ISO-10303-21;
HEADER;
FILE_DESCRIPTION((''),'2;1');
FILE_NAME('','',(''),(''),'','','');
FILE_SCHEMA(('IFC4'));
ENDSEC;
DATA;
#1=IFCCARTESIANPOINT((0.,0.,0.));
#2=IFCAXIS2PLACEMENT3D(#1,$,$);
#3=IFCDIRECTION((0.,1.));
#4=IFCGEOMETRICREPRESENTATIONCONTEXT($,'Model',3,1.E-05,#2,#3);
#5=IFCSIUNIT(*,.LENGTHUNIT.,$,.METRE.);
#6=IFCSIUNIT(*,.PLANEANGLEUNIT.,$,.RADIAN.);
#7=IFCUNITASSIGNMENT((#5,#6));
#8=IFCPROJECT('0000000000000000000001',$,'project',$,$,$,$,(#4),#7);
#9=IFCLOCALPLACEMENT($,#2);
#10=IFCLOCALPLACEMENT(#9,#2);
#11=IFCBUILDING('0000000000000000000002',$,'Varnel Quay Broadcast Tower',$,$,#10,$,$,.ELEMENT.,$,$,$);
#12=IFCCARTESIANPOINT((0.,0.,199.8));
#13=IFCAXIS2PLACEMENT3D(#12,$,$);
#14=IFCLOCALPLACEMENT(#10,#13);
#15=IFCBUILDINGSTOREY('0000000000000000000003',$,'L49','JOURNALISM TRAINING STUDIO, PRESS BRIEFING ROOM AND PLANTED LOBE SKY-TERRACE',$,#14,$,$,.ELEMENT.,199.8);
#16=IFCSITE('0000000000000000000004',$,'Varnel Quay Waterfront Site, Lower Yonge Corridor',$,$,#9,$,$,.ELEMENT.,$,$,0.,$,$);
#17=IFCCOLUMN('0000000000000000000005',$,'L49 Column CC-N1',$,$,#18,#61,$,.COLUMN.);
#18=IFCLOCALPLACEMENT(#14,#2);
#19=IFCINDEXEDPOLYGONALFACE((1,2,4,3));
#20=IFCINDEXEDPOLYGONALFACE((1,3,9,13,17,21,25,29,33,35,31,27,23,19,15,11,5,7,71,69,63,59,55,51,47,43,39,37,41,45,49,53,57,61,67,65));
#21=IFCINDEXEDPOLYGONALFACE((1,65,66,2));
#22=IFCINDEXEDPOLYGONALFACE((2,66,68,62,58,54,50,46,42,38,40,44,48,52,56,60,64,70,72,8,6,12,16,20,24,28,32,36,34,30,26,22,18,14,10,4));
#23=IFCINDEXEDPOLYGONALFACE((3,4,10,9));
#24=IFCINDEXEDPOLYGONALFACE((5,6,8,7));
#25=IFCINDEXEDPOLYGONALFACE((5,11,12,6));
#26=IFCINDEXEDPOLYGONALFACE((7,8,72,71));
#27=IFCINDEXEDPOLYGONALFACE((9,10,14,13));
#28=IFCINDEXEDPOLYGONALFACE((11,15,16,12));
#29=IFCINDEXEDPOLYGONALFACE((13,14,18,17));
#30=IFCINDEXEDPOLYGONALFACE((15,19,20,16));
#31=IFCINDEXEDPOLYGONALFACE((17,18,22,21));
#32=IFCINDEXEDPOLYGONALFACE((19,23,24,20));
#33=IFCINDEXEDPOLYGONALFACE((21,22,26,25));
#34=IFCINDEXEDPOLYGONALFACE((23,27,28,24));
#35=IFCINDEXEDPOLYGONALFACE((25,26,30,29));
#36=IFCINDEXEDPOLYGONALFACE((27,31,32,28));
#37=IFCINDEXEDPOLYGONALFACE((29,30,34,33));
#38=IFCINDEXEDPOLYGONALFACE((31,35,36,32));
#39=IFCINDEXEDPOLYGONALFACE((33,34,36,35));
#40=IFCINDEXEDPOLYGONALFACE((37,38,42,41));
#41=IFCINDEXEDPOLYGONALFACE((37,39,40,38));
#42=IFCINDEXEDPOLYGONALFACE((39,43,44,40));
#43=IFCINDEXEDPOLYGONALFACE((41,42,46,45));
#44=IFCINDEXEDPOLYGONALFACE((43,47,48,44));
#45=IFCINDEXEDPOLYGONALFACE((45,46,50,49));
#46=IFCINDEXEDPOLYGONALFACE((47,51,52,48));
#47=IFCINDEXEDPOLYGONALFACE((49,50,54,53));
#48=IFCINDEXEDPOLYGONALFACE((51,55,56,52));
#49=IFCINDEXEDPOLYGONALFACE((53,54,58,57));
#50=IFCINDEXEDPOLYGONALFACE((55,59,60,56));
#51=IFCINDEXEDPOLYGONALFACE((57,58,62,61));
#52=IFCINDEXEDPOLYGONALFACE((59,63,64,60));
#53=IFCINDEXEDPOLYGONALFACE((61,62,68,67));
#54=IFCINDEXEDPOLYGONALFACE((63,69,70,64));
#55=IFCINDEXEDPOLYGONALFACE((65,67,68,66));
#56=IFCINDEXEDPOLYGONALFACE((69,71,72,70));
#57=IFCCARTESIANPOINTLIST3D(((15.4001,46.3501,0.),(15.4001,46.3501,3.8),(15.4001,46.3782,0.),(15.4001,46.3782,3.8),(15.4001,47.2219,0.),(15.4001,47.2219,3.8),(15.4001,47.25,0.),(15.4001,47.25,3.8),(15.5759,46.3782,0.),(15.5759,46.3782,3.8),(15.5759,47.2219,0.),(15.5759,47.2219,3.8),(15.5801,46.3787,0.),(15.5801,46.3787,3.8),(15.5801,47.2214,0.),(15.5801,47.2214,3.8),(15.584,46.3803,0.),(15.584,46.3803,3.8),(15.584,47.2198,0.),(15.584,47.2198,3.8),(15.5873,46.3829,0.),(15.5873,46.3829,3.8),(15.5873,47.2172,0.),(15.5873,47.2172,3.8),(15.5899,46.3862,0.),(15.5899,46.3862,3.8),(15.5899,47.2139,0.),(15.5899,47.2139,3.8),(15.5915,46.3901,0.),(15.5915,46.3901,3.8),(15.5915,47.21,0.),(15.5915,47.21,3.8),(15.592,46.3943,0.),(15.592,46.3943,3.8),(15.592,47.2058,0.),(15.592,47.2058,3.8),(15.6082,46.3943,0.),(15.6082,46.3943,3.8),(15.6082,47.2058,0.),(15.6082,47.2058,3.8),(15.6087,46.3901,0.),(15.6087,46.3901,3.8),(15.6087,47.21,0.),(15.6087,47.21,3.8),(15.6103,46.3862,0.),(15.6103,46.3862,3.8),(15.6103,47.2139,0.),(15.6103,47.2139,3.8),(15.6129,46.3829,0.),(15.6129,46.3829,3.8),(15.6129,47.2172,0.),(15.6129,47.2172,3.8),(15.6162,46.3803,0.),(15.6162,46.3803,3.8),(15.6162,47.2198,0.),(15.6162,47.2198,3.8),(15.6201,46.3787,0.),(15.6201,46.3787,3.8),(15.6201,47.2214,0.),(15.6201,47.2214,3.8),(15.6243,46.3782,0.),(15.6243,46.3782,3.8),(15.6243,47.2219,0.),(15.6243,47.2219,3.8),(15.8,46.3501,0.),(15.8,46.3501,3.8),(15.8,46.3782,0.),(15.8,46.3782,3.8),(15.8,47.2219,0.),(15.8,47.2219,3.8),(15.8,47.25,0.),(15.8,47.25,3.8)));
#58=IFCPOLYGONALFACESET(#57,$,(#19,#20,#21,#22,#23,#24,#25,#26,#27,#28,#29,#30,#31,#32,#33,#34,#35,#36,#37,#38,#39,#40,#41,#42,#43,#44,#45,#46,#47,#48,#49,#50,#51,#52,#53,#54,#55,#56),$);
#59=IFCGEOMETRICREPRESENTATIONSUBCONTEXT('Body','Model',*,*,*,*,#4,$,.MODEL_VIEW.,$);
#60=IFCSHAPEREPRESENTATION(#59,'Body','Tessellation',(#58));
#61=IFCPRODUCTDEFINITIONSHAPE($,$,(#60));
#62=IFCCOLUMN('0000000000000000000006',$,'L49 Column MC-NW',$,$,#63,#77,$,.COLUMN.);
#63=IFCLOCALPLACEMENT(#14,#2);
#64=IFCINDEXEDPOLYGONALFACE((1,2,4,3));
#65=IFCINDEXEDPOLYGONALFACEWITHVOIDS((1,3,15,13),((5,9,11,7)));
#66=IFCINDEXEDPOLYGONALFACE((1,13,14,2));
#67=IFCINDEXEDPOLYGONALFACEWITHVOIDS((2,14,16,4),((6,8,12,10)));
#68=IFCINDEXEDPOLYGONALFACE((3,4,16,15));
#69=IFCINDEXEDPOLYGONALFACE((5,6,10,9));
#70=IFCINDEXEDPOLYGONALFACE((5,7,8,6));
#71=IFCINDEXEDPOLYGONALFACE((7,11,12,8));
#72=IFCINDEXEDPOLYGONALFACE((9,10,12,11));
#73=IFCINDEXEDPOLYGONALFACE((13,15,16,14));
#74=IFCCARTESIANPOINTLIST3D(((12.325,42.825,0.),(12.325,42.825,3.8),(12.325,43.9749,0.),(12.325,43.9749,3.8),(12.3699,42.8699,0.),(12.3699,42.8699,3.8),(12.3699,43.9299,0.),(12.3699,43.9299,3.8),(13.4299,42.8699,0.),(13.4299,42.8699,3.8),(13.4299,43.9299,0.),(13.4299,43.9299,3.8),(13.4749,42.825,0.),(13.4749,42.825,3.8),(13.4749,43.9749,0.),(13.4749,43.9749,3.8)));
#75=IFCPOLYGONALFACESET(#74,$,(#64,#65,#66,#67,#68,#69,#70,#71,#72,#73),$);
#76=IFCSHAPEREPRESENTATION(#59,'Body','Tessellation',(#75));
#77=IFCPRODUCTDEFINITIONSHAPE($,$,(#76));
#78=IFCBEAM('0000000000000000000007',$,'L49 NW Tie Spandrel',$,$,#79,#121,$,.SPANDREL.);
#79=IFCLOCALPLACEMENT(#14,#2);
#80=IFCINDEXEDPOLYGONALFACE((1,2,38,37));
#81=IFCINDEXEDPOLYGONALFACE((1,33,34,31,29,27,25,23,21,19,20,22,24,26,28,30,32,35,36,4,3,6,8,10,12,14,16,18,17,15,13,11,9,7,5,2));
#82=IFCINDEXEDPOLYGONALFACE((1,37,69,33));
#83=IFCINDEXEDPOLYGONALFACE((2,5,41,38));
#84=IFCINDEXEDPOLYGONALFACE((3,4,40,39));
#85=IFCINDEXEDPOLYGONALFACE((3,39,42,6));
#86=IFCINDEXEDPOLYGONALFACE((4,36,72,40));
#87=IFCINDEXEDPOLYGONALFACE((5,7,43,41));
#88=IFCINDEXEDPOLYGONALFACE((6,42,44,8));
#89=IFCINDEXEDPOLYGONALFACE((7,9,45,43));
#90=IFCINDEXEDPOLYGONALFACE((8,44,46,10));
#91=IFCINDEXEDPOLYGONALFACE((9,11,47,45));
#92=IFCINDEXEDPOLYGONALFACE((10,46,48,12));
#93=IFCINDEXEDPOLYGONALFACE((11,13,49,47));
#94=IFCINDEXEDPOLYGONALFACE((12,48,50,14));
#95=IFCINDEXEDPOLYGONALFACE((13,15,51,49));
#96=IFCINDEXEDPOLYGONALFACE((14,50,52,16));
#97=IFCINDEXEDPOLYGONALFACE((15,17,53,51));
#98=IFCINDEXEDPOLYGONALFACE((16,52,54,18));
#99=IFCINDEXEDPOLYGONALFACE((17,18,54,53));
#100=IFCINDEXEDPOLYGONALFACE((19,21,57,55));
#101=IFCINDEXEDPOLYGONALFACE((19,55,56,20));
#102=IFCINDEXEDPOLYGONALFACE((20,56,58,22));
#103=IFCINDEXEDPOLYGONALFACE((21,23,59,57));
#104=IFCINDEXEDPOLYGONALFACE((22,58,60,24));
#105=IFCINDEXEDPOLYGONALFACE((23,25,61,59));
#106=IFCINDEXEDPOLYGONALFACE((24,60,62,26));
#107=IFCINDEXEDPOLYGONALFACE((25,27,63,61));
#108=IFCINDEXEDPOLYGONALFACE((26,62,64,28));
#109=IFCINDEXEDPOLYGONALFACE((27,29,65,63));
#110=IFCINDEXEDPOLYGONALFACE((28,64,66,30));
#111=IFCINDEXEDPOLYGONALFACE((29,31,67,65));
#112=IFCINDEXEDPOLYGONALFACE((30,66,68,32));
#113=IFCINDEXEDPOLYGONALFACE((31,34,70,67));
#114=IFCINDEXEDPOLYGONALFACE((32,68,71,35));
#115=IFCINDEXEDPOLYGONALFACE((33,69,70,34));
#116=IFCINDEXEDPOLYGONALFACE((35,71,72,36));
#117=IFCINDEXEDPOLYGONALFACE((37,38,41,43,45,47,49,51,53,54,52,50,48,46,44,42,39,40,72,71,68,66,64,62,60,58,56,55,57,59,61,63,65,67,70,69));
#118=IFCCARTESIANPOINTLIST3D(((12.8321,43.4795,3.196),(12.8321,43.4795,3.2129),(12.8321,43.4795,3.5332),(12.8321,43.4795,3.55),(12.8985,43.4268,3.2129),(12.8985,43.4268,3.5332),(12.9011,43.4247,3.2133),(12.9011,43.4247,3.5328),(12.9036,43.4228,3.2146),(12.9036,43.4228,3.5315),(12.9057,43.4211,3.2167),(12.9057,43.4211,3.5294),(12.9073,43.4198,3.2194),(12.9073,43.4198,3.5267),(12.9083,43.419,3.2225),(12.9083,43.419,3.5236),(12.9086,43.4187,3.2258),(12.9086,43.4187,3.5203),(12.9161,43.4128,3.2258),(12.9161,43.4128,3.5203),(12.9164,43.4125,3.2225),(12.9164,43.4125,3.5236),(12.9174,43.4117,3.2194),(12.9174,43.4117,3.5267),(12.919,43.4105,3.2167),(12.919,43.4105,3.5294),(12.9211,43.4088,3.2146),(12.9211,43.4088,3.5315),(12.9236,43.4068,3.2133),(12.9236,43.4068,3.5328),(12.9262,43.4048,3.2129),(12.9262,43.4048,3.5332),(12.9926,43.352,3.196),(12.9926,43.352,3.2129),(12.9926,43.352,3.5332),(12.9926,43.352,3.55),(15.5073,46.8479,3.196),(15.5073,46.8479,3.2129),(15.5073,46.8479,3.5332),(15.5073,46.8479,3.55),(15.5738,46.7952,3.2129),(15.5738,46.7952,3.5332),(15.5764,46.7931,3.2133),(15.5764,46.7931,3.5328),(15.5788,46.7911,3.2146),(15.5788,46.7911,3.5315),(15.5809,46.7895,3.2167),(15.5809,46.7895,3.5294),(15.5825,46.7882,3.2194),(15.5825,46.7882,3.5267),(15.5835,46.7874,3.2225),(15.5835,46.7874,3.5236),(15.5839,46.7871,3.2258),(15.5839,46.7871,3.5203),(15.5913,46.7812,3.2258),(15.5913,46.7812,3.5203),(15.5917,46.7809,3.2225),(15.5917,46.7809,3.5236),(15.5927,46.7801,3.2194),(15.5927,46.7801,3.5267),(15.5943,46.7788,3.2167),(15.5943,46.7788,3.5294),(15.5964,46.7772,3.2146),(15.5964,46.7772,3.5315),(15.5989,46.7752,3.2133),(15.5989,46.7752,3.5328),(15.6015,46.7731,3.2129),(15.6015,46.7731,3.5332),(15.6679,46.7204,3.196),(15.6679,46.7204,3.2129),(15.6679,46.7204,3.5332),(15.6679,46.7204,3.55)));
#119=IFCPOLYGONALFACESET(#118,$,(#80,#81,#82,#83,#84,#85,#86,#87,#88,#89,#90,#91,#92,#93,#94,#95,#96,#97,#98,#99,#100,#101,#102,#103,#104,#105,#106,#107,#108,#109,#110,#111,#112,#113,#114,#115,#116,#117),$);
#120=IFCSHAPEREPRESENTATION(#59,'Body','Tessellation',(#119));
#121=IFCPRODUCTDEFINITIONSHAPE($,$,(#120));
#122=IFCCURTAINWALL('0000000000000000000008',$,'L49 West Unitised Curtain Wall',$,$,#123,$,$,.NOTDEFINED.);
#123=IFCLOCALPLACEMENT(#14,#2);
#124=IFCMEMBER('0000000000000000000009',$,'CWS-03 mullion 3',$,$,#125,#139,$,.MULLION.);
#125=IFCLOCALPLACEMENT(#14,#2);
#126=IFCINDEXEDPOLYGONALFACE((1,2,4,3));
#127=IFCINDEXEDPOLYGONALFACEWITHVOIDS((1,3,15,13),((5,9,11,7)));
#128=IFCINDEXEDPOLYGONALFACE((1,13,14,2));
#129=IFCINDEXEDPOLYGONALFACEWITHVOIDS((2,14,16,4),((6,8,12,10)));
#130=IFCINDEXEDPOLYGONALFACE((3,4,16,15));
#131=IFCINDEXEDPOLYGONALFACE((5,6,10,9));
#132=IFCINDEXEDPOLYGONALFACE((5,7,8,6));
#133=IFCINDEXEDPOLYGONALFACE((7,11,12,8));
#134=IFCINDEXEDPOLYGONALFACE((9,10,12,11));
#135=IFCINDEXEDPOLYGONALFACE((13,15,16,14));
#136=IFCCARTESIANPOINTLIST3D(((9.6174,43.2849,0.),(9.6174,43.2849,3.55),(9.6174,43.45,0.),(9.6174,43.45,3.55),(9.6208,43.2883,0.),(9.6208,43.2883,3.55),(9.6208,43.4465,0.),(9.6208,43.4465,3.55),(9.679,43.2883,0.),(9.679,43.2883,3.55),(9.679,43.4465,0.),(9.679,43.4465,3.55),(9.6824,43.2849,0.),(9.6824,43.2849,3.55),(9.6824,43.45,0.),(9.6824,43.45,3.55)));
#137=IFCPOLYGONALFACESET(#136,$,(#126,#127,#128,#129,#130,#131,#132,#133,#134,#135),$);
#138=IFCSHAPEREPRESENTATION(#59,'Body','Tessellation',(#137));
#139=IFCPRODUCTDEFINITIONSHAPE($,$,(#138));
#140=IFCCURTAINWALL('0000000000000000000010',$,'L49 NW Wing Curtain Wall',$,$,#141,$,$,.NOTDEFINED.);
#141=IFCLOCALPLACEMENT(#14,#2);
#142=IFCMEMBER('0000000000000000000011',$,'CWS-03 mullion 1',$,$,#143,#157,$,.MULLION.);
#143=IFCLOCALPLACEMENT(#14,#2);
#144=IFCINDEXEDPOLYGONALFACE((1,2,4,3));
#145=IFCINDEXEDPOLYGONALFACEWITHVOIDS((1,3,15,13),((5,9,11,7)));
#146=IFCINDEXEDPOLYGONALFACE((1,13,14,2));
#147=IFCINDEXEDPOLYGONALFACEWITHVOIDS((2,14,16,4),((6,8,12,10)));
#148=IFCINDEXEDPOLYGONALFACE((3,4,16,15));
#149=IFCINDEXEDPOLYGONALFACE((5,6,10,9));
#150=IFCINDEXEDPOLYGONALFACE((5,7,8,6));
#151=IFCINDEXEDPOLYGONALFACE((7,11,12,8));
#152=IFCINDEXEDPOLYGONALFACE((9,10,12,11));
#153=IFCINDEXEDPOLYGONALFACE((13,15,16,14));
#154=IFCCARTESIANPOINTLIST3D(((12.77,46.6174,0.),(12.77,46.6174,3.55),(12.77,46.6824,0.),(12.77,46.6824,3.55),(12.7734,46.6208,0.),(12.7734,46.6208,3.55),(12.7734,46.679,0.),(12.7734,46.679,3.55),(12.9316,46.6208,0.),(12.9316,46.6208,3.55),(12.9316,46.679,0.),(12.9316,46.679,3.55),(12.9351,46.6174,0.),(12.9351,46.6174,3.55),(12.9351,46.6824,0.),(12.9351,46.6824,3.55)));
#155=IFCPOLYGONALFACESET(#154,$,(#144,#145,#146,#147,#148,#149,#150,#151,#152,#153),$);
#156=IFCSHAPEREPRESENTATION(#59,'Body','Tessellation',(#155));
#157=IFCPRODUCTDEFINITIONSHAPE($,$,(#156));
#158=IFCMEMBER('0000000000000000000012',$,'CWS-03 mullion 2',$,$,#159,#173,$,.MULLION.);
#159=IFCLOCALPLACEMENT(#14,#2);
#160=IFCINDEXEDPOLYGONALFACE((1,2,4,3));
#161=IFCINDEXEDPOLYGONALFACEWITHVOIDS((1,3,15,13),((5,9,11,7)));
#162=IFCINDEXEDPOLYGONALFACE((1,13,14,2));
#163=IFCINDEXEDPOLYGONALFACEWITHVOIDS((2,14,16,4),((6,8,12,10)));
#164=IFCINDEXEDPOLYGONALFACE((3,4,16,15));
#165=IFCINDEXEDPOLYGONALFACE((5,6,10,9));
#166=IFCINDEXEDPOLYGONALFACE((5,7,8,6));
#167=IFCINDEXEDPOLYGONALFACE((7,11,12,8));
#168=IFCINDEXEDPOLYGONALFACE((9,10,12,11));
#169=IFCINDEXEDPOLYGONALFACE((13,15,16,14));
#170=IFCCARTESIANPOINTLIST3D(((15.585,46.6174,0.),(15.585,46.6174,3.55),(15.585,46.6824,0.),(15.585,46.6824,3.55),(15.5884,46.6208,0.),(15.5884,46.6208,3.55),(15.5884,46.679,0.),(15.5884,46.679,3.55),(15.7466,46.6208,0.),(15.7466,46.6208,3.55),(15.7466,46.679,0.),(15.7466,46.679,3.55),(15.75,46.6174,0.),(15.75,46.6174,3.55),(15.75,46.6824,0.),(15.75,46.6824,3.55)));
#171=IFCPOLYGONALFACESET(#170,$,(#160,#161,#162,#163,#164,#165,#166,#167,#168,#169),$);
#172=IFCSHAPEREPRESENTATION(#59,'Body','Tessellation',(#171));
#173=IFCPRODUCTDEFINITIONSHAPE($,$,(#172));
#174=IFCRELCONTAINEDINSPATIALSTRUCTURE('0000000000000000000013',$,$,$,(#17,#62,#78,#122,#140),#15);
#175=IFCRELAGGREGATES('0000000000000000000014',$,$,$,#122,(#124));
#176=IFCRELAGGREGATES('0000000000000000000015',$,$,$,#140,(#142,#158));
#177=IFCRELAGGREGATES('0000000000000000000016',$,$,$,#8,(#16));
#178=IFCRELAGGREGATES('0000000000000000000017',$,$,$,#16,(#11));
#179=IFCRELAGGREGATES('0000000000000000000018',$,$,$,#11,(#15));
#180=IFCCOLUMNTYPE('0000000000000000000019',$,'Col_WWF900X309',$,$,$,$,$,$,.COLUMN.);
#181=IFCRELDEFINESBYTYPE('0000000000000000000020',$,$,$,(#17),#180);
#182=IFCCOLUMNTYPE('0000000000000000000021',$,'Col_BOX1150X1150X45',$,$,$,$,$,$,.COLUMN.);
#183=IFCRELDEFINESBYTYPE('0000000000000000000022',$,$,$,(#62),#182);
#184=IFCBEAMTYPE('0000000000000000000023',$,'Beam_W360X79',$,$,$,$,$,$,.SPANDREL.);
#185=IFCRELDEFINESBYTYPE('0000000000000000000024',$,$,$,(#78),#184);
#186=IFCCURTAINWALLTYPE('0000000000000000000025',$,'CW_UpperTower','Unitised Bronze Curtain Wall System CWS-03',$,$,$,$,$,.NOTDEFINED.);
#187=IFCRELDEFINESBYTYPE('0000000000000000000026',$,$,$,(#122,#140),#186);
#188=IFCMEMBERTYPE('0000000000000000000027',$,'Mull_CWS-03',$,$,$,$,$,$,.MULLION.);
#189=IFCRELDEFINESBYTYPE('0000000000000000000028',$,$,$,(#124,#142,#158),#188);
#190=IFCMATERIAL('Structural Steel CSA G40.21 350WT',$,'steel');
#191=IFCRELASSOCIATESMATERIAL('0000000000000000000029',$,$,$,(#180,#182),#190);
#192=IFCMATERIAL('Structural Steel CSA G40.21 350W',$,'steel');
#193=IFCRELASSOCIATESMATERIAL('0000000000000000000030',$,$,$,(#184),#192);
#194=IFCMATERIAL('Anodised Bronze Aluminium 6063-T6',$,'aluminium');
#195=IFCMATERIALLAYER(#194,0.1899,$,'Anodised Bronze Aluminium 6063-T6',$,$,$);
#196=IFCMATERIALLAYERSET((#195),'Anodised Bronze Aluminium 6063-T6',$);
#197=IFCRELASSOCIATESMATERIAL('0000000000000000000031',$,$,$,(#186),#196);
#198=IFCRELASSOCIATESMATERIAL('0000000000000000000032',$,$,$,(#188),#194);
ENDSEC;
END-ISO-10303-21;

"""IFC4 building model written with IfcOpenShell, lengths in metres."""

from ifc_helpers import new_model, si_unit, direction, frame, origin, origin_2d, place, context, subcontext, project, spatial, hollow_rectangle, i_section, extrude, source, transform, mapped, material, layer, layer_set, material_profile, profile_set, type_object, type_shapes, element, aggregate, save


model = new_model("IFC4")

# Units and contexts
model_context = context("Model", 3, precision=1e-05, world=origin(), true_north=direction((0.0, 1.0)))
body_context = subcontext(model_context, "Body", "Model", "MODEL_VIEW")
ifc_project = project(units=[si_unit("LENGTHUNIT", "METRE"), si_unit("PLANEANGLEUNIT", "RADIAN")], contexts=[model_context])

# Site, building, storey
site_placement = place(None, origin())
site = spatial("IfcSite", under=ifc_project, at=site_placement, Name="Varnel Quay Waterfront Site, Lower Yonge Corridor", CompositionType="ELEMENT", RefElevation=0.0)
building_placement = place(site_placement, origin())
building = spatial("IfcBuilding", under=site, at=building_placement, Name="Varnel Quay Broadcast Tower", CompositionType="ELEMENT")
storey_placement = place(building_placement, frame((0.0, 0.0, 199.8)))
storey = spatial("IfcBuildingStorey", under=building, at=storey_placement, Name="L49", Description="JOURNALISM TRAINING STUDIO, PRESS BRIEFING ROOM AND PLANTED LOBE SKY-TERRACE", CompositionType="ELEMENT", Elevation=199.8)

# Columns
ifc_material_1 = material(Name="Structural Steel CSA G40.21 350WT", Category="steel")
ifc_material_profile_1 = material_profile(ifc_material_1, i_section(OverallWidth=0.3999, OverallDepth=0.8999, WebThickness=0.0161, FlangeThickness=0.0281, FilletRadius=0.0161, at=origin_2d()), Name="WWF900X309")
ifc_profile_set_1 = profile_set([ifc_material_profile_1], Name="Structural Steel CSA G40.21 350WT")
column_type_1 = type_object("IfcColumnType", Name="Col_WWF900X309", PredefinedType="COLUMN", material=ifc_profile_set_1)
shared_shape_1 = source(origin(), body_context, "Body", "SweptSolid", [
    extrude(i_section(OverallWidth=0.3999, OverallDepth=0.8999, WebThickness=0.0161, FlangeThickness=0.0281, FilletRadius=0.0161, at=origin_2d()), origin(), (0.0, 0.0, 1.0), 3.8),
])
type_shapes(column_type_1, [shared_shape_1])
column_1_placement = place(storey_placement, frame((15.6001, 46.8, 0.0), z_axis=(0.0, 0.0, 1.0), x_axis=(1.0, 0.0, 0.0)))
element("IfcColumn", 1, at=column_1_placement, inside=storey, type_object=column_type_1, Name="L49 Column CC-N1", PredefinedType="COLUMN", context=body_context, shape_type="MappedRepresentation", body=[
    mapped(shared_shape_1, transform((0.0, 0.0, 0.0), x_axis=(1.0, 0.0, 0.0), y_axis=(0.0, 1.0, 0.0), z_axis=(0.0, 0.0, 1.0), scale=1.0)),
])
ifc_material_profile_2 = material_profile(ifc_material_1, hollow_rectangle(XDim=1.1499, YDim=1.1499, WallThickness=0.0449, at=origin_2d()), Name="BOX1150X1150X45")
ifc_profile_set_2 = profile_set([ifc_material_profile_2], Name="Structural Steel CSA G40.21 350WT")
column_type_2 = type_object("IfcColumnType", Name="Col_BOX1150X1150X45", PredefinedType="COLUMN", material=ifc_profile_set_2)
shared_shape_2 = source(origin(), body_context, "Body", "SweptSolid", [
    extrude(hollow_rectangle(XDim=1.1499, YDim=1.1499, WallThickness=0.0449, at=origin_2d()), origin(), (0.0, 0.0, 1.0), 3.8),
])
type_shapes(column_type_2, [shared_shape_2])
column_2_placement = place(storey_placement, frame((12.8999, 43.3999, 0.0), z_axis=(0.0, 0.0, 1.0), x_axis=(1.0, 0.0, 0.0)))
element("IfcColumn", 2, at=column_2_placement, inside=storey, type_object=column_type_2, Name="L49 Column MC-NW", PredefinedType="COLUMN", context=body_context, shape_type="MappedRepresentation", body=[
    mapped(shared_shape_2, transform((0.0, 0.0, 0.0), x_axis=(1.0, 0.0, 0.0), y_axis=(0.0, 1.0, 0.0), z_axis=(0.0, 0.0, 1.0), scale=1.0)),
])

# Beam
ifc_material_2 = material(Name="Structural Steel CSA G40.21 350W", Category="steel")
ifc_material_profile_3 = material_profile(ifc_material_2, i_section(OverallWidth=0.2051, OverallDepth=0.354, WebThickness=0.0095, FlangeThickness=0.0168, FilletRadius=0.0129, at=origin_2d()), Name="W360X79")
ifc_profile_set_3 = profile_set([ifc_material_profile_3], Name="Structural Steel CSA G40.21 350W")
beam_type = type_object("IfcBeamType", Name="Beam_W360X79", PredefinedType="SPANDREL", material=ifc_profile_set_3)
shared_shape_3 = source(origin(), body_context, "Body", "SweptSolid", [
    extrude(i_section(OverallWidth=0.2051, OverallDepth=0.354, WebThickness=0.0095, FlangeThickness=0.0168, FilletRadius=0.0129, at=origin_2d()), origin(), (0.0, 0.0, 1.0), 4.3015),
])
type_shapes(beam_type, [shared_shape_3])
beam_placement = place(storey_placement, frame((12.9124, 43.4158, 3.373), z_axis=(0.621936, 0.783068, 0.0), x_axis=(-0.783068, 0.621936, 0.0)))
element("IfcBeam", 3, at=beam_placement, inside=storey, type_object=beam_type, Name="L49 NW Tie Spandrel", PredefinedType="SPANDREL", context=body_context, shape_type="MappedRepresentation", body=[
    mapped(shared_shape_3, transform((0.0, 0.0, 0.0), x_axis=(1.0, 0.0, 0.0), y_axis=(0.0, 1.0, 0.0), z_axis=(0.0, 0.0, 1.0), scale=1.0)),
])

# Curtain wall, member
ifc_material_3 = material(Name="Anodised Bronze Aluminium 6063-T6", Category="aluminium")
ifc_layer_1 = layer(ifc_material_3, 0.1899, Name="Anodised Bronze Aluminium 6063-T6")
ifc_layer_set_1 = layer_set([ifc_layer_1], Name="Anodised Bronze Aluminium 6063-T6")
curtain_wall_type = type_object("IfcCurtainWallType", Name="CW_UpperTower", Description="Unitised Bronze Curtain Wall System CWS-03", PredefinedType="NOTDEFINED", material=ifc_layer_set_1)
curtain_wall_1_placement = place(storey_placement, origin())
curtain_wall_1 = element("IfcCurtainWall", 4, at=curtain_wall_1_placement, inside=storey, type_object=curtain_wall_type, Name="L49 West Unitised Curtain Wall", PredefinedType="NOTDEFINED")
ifc_material_profile_4 = material_profile(ifc_material_3, hollow_rectangle(XDim=0.0649, YDim=0.165, WallThickness=0.0034, at=origin_2d()), Name="ALU65X165X3.5")
ifc_profile_set_4 = profile_set([ifc_material_profile_4], Name="Anodised Bronze Aluminium 6063-T6")
member_type_1 = type_object("IfcMemberType", Name="Mull_CWS-03", PredefinedType="MULLION", material=ifc_profile_set_4)
shared_shape_4 = source(origin(), body_context, "Body", "SweptSolid", [
    extrude(hollow_rectangle(XDim=0.0649, YDim=0.165, WallThickness=0.0034, at=origin_2d()), origin(), (0.0, 0.0, 1.0), 3.55),
])
type_shapes(member_type_1, [shared_shape_4])
member_1_placement = place(storey_placement, frame((9.6499, 43.3674, 0.0), z_axis=(0.0, 0.0, 1.0), x_axis=(-1.0, 0.0, 0.0)))
member_1 = element("IfcMember", 5, at=member_1_placement, type_object=member_type_1, Name="CWS-03 mullion 3", PredefinedType="MULLION", context=body_context, shape_type="MappedRepresentation", body=[
    mapped(shared_shape_4, transform((0.0, 0.0, 0.0), x_axis=(1.0, 0.0, 0.0), y_axis=(0.0, 1.0, 0.0), z_axis=(0.0, 0.0, 1.0), scale=1.0)),
])
aggregate(curtain_wall_1, [member_1])

# Curtain wall, members
curtain_wall_2_placement = place(storey_placement, origin())
curtain_wall_2 = element("IfcCurtainWall", 6, at=curtain_wall_2_placement, inside=storey, type_object=curtain_wall_type, Name="L49 NW Wing Curtain Wall", PredefinedType="NOTDEFINED")
member_2_placement = place(storey_placement, frame((12.8525, 46.6499, 0.0), z_axis=(0.0, 0.0, 1.0), x_axis=(0.0, 1.0, 0.0)))
member_2 = element("IfcMember", 7, at=member_2_placement, type_object=member_type_1, Name="CWS-03 mullion 1", PredefinedType="MULLION", context=body_context, shape_type="MappedRepresentation", body=[
    mapped(shared_shape_4, transform((0.0, 0.0, 0.0), x_axis=(1.0, 0.0, 0.0), y_axis=(0.0, 1.0, 0.0), z_axis=(0.0, 0.0, 1.0), scale=1.0)),
])
member_3_placement = place(storey_placement, frame((15.6675, 46.6499, 0.0), z_axis=(0.0, 0.0, 1.0), x_axis=(0.0, 1.0, 0.0)))
member_3 = element("IfcMember", 8, at=member_3_placement, type_object=member_type_1, Name="CWS-03 mullion 2", PredefinedType="MULLION", context=body_context, shape_type="MappedRepresentation", body=[
    mapped(shared_shape_4, transform((0.0, 0.0, 0.0), x_axis=(1.0, 0.0, 0.0), y_axis=(0.0, 1.0, 0.0), z_axis=(0.0, 0.0, 1.0), scale=1.0)),
])

aggregate(curtain_wall_2, [member_2, member_3])

save(model, "model.ifc")
